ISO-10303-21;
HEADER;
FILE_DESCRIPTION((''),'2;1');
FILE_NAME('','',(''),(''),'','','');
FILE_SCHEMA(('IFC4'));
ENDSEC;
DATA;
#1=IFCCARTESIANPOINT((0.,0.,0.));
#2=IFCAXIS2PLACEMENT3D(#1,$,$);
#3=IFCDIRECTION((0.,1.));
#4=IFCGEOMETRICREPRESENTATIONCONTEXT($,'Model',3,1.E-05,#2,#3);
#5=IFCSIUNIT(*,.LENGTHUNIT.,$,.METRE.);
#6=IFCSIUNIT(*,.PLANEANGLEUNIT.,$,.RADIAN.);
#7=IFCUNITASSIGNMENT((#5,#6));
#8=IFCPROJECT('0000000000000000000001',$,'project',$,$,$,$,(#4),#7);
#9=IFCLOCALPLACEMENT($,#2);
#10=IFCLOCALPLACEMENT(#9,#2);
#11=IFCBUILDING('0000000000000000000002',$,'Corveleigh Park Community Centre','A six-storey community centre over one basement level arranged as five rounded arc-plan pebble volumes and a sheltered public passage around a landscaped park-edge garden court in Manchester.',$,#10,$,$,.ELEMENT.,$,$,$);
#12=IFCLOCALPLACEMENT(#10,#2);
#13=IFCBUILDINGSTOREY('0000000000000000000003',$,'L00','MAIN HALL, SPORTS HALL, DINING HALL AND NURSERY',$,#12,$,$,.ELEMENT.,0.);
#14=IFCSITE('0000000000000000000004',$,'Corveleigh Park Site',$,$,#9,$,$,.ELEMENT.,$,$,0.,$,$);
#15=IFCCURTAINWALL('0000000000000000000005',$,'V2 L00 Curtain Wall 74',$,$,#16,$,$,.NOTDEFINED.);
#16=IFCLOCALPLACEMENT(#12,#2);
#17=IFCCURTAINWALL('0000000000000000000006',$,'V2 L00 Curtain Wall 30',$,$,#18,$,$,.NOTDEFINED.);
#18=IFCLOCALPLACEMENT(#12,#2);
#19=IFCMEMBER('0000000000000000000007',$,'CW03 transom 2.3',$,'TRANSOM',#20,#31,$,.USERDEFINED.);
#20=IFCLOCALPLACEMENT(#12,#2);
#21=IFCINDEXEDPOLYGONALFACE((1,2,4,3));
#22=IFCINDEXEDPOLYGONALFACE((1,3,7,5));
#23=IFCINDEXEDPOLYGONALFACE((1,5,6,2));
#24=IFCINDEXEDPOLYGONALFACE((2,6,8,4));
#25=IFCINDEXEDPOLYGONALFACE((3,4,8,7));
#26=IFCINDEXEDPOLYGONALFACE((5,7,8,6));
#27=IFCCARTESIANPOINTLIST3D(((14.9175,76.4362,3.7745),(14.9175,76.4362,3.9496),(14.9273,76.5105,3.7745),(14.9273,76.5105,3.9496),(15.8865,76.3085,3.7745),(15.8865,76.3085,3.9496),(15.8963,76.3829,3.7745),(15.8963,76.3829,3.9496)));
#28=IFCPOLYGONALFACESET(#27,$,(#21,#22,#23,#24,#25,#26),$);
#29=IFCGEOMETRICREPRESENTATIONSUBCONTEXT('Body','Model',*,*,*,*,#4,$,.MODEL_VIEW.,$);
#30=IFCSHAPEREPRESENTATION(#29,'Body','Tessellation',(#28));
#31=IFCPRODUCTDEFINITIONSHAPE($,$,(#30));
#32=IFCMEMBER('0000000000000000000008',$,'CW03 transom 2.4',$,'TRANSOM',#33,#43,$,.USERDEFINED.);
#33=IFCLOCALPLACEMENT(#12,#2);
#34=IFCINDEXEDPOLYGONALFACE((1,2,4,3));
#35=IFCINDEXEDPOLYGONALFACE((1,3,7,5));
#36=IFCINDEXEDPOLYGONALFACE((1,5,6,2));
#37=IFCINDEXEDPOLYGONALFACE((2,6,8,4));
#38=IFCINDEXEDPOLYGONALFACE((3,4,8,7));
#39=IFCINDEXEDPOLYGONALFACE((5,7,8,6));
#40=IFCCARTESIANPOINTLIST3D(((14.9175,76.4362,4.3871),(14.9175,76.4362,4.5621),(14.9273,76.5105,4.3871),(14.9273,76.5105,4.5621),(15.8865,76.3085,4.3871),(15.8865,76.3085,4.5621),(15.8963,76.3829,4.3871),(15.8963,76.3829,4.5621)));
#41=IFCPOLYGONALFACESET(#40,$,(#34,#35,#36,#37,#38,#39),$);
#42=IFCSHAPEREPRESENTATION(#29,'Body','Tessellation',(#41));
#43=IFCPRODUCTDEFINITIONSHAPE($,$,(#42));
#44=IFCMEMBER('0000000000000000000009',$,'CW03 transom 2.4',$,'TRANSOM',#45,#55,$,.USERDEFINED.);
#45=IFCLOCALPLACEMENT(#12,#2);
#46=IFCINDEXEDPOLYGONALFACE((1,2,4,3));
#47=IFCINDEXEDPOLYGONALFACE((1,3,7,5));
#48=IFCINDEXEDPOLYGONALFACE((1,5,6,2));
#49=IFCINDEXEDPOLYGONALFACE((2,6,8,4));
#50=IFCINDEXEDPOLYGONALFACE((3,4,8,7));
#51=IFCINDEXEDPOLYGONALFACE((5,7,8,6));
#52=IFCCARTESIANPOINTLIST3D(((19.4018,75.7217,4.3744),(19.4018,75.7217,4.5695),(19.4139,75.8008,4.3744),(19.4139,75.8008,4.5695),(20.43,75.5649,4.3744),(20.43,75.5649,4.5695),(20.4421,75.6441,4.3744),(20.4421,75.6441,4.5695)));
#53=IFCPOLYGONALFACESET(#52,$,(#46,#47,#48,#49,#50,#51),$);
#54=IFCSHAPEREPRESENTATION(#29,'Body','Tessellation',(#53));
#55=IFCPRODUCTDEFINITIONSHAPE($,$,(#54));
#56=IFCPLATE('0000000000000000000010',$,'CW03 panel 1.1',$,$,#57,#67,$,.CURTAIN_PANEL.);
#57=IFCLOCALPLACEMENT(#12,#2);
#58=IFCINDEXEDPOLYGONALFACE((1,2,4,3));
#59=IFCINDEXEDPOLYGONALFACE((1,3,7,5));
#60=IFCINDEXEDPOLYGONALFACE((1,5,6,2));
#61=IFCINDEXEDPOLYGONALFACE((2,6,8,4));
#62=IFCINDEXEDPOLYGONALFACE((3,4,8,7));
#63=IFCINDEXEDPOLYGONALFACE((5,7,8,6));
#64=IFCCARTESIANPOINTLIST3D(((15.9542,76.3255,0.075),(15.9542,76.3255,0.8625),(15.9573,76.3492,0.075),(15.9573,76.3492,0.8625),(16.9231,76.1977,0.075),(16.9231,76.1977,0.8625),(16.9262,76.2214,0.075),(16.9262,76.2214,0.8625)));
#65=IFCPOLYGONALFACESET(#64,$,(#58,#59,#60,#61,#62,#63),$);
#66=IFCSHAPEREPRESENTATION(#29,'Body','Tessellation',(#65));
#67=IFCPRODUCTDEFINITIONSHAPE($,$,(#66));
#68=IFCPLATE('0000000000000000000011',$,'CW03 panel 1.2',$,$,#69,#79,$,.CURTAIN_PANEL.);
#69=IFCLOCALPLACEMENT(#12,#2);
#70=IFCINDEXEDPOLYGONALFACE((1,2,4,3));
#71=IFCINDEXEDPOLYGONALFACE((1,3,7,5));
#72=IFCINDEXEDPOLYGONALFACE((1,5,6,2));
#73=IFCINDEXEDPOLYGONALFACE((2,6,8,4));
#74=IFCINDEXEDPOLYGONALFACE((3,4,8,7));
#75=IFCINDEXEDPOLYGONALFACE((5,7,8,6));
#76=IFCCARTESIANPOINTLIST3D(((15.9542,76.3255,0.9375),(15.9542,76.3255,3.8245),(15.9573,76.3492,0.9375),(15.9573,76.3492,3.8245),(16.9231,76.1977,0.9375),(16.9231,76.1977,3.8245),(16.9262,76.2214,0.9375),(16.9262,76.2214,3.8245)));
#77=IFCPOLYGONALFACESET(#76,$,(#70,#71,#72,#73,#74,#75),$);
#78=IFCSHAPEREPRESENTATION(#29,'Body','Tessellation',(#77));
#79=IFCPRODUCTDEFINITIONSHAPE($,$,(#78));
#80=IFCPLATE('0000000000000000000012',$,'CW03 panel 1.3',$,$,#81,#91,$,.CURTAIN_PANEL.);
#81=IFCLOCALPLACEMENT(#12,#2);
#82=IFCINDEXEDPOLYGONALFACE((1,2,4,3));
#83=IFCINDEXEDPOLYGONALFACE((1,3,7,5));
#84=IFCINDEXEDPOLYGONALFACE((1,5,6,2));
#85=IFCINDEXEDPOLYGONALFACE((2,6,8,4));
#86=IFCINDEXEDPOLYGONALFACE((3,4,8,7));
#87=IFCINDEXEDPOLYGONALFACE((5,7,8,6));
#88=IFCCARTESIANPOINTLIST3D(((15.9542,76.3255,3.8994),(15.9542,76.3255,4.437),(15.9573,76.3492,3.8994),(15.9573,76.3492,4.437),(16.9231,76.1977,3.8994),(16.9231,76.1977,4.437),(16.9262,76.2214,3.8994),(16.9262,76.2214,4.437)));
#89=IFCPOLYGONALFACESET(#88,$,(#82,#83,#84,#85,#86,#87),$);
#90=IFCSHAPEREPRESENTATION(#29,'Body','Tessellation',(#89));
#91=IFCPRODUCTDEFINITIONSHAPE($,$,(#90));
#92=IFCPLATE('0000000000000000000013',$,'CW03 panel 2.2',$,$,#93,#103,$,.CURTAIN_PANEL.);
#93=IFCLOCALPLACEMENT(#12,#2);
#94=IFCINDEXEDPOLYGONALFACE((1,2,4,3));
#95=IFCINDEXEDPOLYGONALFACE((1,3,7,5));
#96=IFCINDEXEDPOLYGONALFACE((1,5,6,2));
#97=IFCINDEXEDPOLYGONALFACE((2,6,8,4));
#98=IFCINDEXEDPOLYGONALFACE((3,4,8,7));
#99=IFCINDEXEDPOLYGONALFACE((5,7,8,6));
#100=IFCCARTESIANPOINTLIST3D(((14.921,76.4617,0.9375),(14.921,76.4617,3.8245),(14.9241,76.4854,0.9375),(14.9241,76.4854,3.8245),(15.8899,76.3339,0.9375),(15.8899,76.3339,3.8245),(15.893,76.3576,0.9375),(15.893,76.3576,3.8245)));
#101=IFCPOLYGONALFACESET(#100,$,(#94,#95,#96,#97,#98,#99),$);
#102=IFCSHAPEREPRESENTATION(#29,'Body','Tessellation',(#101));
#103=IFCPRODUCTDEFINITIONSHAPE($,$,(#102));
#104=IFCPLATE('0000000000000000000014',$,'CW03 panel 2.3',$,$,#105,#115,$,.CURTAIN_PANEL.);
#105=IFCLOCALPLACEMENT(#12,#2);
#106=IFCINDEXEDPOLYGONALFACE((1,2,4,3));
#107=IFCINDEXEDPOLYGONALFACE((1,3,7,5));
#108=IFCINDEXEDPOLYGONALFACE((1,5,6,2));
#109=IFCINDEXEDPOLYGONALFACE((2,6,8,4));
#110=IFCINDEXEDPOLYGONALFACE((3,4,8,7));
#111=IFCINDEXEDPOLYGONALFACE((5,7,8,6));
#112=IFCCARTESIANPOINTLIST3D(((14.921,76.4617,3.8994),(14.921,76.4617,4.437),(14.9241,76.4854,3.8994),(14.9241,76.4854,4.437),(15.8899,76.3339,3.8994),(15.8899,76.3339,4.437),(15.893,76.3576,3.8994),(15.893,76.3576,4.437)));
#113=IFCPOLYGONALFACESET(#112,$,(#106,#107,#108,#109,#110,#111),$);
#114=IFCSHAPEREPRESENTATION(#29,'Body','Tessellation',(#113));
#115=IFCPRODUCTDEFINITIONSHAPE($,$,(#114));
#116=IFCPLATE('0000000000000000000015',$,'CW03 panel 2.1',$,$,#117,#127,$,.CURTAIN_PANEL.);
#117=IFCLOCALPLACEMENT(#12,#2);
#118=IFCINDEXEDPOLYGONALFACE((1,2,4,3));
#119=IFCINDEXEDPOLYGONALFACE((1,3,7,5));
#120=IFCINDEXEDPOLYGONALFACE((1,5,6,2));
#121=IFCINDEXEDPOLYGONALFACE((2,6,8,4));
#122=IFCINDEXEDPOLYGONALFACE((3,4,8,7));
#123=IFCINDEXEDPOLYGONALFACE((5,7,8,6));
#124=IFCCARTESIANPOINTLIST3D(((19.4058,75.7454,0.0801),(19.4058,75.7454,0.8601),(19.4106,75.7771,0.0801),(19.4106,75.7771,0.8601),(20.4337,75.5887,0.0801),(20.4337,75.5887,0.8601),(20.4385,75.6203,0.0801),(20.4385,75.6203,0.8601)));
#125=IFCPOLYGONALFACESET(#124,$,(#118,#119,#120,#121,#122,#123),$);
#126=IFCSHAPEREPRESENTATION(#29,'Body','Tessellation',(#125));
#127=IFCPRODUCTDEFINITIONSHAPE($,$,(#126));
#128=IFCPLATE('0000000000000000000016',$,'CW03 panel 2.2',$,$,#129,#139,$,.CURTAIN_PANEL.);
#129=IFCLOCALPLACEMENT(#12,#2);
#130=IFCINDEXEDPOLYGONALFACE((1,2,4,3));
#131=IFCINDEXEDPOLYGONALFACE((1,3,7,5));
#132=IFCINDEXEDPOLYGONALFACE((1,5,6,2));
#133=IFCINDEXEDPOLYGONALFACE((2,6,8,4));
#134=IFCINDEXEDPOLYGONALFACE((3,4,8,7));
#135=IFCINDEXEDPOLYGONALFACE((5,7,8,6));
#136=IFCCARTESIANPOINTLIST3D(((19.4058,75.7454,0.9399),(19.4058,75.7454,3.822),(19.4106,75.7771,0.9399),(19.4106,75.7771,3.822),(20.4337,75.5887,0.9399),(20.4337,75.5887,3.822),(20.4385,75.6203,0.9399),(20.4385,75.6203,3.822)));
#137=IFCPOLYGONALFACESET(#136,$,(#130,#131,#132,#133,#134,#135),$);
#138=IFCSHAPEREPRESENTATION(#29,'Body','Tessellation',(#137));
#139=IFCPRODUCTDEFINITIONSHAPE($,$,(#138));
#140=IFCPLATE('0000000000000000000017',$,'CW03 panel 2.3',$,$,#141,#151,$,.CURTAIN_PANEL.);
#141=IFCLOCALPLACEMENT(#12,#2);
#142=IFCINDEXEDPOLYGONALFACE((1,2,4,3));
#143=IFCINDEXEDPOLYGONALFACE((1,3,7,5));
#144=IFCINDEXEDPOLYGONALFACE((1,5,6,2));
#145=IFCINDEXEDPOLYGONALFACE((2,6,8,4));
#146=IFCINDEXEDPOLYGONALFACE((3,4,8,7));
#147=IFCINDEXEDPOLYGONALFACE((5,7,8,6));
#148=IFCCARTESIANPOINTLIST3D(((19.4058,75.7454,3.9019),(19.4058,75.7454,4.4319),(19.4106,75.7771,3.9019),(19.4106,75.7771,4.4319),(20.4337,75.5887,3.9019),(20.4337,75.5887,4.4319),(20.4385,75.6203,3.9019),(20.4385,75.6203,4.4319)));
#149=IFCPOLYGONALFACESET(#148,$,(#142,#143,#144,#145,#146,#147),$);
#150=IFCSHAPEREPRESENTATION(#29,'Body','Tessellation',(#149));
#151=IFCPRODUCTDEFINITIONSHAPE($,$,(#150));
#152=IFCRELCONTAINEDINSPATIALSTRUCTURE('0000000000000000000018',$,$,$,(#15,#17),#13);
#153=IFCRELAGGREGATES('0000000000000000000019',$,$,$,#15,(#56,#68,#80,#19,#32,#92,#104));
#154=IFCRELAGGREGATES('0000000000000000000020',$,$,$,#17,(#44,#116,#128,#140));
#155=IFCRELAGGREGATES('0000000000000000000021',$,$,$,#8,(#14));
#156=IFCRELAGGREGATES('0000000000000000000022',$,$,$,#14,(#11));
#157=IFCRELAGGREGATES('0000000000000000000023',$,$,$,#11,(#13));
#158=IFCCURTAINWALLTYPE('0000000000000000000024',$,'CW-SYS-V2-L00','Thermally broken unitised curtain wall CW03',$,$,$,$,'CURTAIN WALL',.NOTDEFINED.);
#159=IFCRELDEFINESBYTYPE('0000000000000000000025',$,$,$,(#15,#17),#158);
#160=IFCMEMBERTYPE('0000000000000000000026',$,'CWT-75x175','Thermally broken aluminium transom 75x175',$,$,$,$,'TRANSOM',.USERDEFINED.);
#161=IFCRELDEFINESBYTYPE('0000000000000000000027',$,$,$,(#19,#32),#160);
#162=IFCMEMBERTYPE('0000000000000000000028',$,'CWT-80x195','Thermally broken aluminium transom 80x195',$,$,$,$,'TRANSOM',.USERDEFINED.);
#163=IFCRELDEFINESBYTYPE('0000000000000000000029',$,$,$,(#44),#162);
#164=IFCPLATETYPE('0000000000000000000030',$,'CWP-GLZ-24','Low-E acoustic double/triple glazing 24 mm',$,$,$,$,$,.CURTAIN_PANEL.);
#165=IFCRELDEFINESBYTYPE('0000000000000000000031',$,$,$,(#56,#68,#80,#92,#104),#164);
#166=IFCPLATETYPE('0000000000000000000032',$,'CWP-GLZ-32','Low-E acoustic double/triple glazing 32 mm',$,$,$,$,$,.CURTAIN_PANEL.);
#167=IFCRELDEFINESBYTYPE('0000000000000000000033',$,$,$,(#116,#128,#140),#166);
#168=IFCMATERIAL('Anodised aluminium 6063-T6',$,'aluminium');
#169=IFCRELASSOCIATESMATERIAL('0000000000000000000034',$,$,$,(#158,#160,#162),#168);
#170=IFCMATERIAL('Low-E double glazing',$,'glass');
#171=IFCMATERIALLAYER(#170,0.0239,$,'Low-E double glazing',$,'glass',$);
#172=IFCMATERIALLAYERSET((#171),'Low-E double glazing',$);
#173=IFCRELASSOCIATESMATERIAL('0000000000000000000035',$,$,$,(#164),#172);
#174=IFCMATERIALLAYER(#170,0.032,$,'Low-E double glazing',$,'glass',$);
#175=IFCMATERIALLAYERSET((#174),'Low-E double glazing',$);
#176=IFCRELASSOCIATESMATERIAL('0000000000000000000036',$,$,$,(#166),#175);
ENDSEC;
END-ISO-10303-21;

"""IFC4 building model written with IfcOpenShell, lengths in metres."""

from ifc_helpers import new_model, si_unit, direction, frame, origin, origin_2d, place, context, subcontext, project, spatial, rectangle, extrude, material, layer, layer_set, material_profile, profile_set, type_object, element, aggregate, save


model = new_model("IFC4")

# Units and contexts
model_context = context("Model", 3, precision=1e-05, world=origin(), true_north=direction((0.0, 1.0)))
body_context = subcontext(model_context, "Body", "Model", "MODEL_VIEW")
ifc_project = project(units=[si_unit("LENGTHUNIT", "METRE"), si_unit("PLANEANGLEUNIT", "RADIAN")], contexts=[model_context])

# Site, building, storey
site_placement = place(None, origin())
site = spatial("IfcSite", under=ifc_project, at=site_placement, Name="Corveleigh Park Site", CompositionType="ELEMENT", RefElevation=0.0)
building_placement = place(site_placement, origin())
building = spatial("IfcBuilding", under=site, at=building_placement, Name="Corveleigh Park Community Centre", Description="A six-storey community centre over one basement level arranged as five rounded arc-plan pebble volumes and a sheltered public passage around a landscaped park-edge garden court in Manchester.", CompositionType="ELEMENT")
storey_placement = place(building_placement, origin())
storey = spatial("IfcBuildingStorey", under=building, at=storey_placement, Name="L00", Description="MAIN HALL, SPORTS HALL, DINING HALL AND NURSERY", CompositionType="ELEMENT", Elevation=0.0)

# Curtain wall
ifc_material_1 = material(Name="Anodised aluminium 6063-T6", Category="aluminium")
curtain_wall_type = type_object("IfcCurtainWallType", Name="CW-SYS-V2-L00", Description="Thermally broken unitised curtain wall CW03", ElementType="CURTAIN WALL", PredefinedType="NOTDEFINED", material=ifc_material_1)
curtain_wall_1_placement = place(storey_placement, origin())
curtain_wall_1 = element("IfcCurtainWall", 1, at=curtain_wall_1_placement, inside=storey, type_object=curtain_wall_type, Name="V2 L00 Curtain Wall 74", PredefinedType="NOTDEFINED")

# Curtain wall
curtain_wall_2_placement = place(storey_placement, origin())
curtain_wall_2 = element("IfcCurtainWall", 2, at=curtain_wall_2_placement, inside=storey, type_object=curtain_wall_type, Name="V2 L00 Curtain Wall 30", PredefinedType="NOTDEFINED")

# Members
ifc_material_profile_1 = material_profile(ifc_material_1, rectangle(XDim=0.075, YDim=0.175, at=origin_2d()), Name="ALU-T75x175", Category="aluminium")
ifc_profile_set_1 = profile_set([ifc_material_profile_1], Name="Anodised aluminium 6063-T6")
member_type_1 = type_object("IfcMemberType", Name="CWT-75x175", Description="Thermally broken aluminium transom 75x175", ElementType="TRANSOM", PredefinedType="USERDEFINED", material=ifc_profile_set_1)
member_1_placement = place(storey_placement, frame((15.8914, 76.3457, 3.8621), z_axis=(-0.99143, 0.130642, 0.0), x_axis=(-0.130642, -0.99143, 0.0)))
member_1 = element("IfcMember", 3, at=member_1_placement, type_object=member_type_1, Name="CW03 transom 2.3", ObjectType="TRANSOM", PredefinedType="USERDEFINED", context=body_context, shape_type="SweptSolid", body=[
    extrude(rectangle(XDim=0.075, YDim=0.175, at=origin_2d()), origin(), (0.0, 0.0, 1.0), 0.9773),
])
member_2_placement = place(storey_placement, frame((15.8914, 76.3457, 4.4746), z_axis=(-0.99143, 0.130642, 0.0), x_axis=(-0.130642, -0.99143, 0.0)))
member_2 = element("IfcMember", 4, at=member_2_placement, type_object=member_type_1, Name="CW03 transom 2.4", ObjectType="TRANSOM", PredefinedType="USERDEFINED", context=body_context, shape_type="SweptSolid", body=[
    extrude(rectangle(XDim=0.075, YDim=0.175, at=origin_2d()), origin(), (0.0, 0.0, 1.0), 0.9773),
])
ifc_material_profile_2 = material_profile(ifc_material_1, rectangle(XDim=0.0801, YDim=0.1951, at=origin_2d()), Name="ALU-T80x195", Category="aluminium")
ifc_profile_set_2 = profile_set([ifc_material_profile_2], Name="Anodised aluminium 6063-T6")
member_type_2 = type_object("IfcMemberType", Name="CWT-80x195", Description="Thermally broken aluminium transom 80x195", ElementType="TRANSOM", PredefinedType="USERDEFINED", material=ifc_profile_set_2)
member_3_placement = place(storey_placement, frame((20.436, 75.6045, 4.4719), z_axis=(-0.988577, 0.150716, 0.0), x_axis=(-0.150716, -0.988577, 0.0)))
member_3 = element("IfcMember", 5, at=member_3_placement, type_object=member_type_2, Name="CW03 transom 2.4", ObjectType="TRANSOM", PredefinedType="USERDEFINED", context=body_context, shape_type="SweptSolid", body=[
    extrude(rectangle(XDim=0.0801, YDim=0.1951, at=origin_2d()), origin(), (0.0, 0.0, 1.0), 1.04),
])

# Plates
ifc_material_2 = material(Name="Low-E double glazing", Category="glass")
ifc_layer_1 = layer(ifc_material_2, 0.0239, Name="Low-E double glazing", Category="glass")
ifc_layer_set_1 = layer_set([ifc_layer_1], Name="Low-E double glazing")
plate_type_1 = type_object("IfcPlateType", Name="CWP-GLZ-24", Description="Low-E acoustic double/triple glazing 24 mm", PredefinedType="CURTAIN_PANEL", material=ifc_layer_set_1)
plate_1_placement = place(storey_placement, frame((16.4402, 76.2734, 0.075), z_axis=(0.0, 0.0, 1.0), x_axis=(-0.991418, 0.130731, 0.0)))
plate_1 = element("IfcPlate", 6, at=plate_1_placement, type_object=plate_type_1, Name="CW03 panel 1.1", PredefinedType="CURTAIN_PANEL", context=body_context, shape_type="SweptSolid", body=[
    extrude(rectangle(XDim=0.9773, YDim=0.0239, at=origin_2d()), origin(), (0.0, 0.0, 1.0), 0.7876),
])
plate_2_placement = place(storey_placement, frame((16.4402, 76.2734, 0.9375), z_axis=(0.0, 0.0, 1.0), x_axis=(-0.991418, 0.130731, 0.0)))
plate_2 = element("IfcPlate", 7, at=plate_2_placement, type_object=plate_type_1, Name="CW03 panel 1.2", PredefinedType="CURTAIN_PANEL", context=body_context, shape_type="SweptSolid", body=[
    extrude(rectangle(XDim=0.9773, YDim=0.0239, at=origin_2d()), origin(), (0.0, 0.0, 1.0), 2.887),
])
plate_3_placement = place(storey_placement, frame((16.4402, 76.2734, 3.8994), z_axis=(0.0, 0.0, 1.0), x_axis=(-0.991418, 0.130731, 0.0)))
plate_3 = element("IfcPlate", 8, at=plate_3_placement, type_object=plate_type_1, Name="CW03 panel 1.3", PredefinedType="CURTAIN_PANEL", context=body_context, shape_type="SweptSolid", body=[
    extrude(rectangle(XDim=0.9773, YDim=0.0239, at=origin_2d()), origin(), (0.0, 0.0, 1.0), 0.5376),
])
plate_4_placement = place(storey_placement, frame((15.407, 76.4097, 0.9375), z_axis=(0.0, 0.0, 1.0), x_axis=(-0.991418, 0.130731, 0.0)))
plate_4 = element("IfcPlate", 9, at=plate_4_placement, type_object=plate_type_1, Name="CW03 panel 2.2", PredefinedType="CURTAIN_PANEL", context=body_context, shape_type="SweptSolid", body=[
    extrude(rectangle(XDim=0.9773, YDim=0.0239, at=origin_2d()), origin(), (0.0, 0.0, 1.0), 2.887),
])
plate_5_placement = place(storey_placement, frame((15.407, 76.4097, 3.8994), z_axis=(0.0, 0.0, 1.0), x_axis=(-0.991418, 0.130731, 0.0)))
plate_5 = element("IfcPlate", 10, at=plate_5_placement, type_object=plate_type_1, Name="CW03 panel 2.3", PredefinedType="CURTAIN_PANEL", context=body_context, shape_type="SweptSolid", body=[
    extrude(rectangle(XDim=0.9773, YDim=0.0239, at=origin_2d()), origin(), (0.0, 0.0, 1.0), 0.5376),
])
aggregate(curtain_wall_1, [plate_1, plate_2, plate_3, member_1, member_2, plate_4, plate_5])
ifc_layer_2 = layer(ifc_material_2, 0.032, Name="Low-E double glazing", Category="glass")
ifc_layer_set_2 = layer_set([ifc_layer_2], Name="Low-E double glazing")
plate_type_2 = type_object("IfcPlateType", Name="CWP-GLZ-32", Description="Low-E acoustic double/triple glazing 32 mm", PredefinedType="CURTAIN_PANEL", material=ifc_layer_set_2)
plate_6_placement = place(storey_placement, frame((19.9221, 75.6829, 0.0801), z_axis=(0.0, 0.0, 1.0), x_axis=(-0.988569, 0.15077, 0.0)))
plate_6 = element("IfcPlate", 11, at=plate_6_placement, type_object=plate_type_2, Name="CW03 panel 2.1", PredefinedType="CURTAIN_PANEL", context=body_context, shape_type="SweptSolid", body=[
    extrude(rectangle(XDim=1.0398, YDim=0.032, at=origin_2d()), origin(), (0.0, 0.0, 1.0), 0.78),
])
plate_7_placement = place(storey_placement, frame((19.9221, 75.6829, 0.9399), z_axis=(0.0, 0.0, 1.0), x_axis=(-0.988569, 0.15077, 0.0)))
plate_7 = element("IfcPlate", 12, at=plate_7_placement, type_object=plate_type_2, Name="CW03 panel 2.2", PredefinedType="CURTAIN_PANEL", context=body_context, shape_type="SweptSolid", body=[
    extrude(rectangle(XDim=1.0398, YDim=0.032, at=origin_2d()), origin(), (0.0, 0.0, 1.0), 2.8821),
])
plate_8_placement = place(storey_placement, frame((19.9221, 75.6829, 3.9019), z_axis=(0.0, 0.0, 1.0), x_axis=(-0.988569, 0.15077, 0.0)))
plate_8 = element("IfcPlate", 13, at=plate_8_placement, type_object=plate_type_2, Name="CW03 panel 2.3", PredefinedType="CURTAIN_PANEL", context=body_context, shape_type="SweptSolid", body=[
    extrude(rectangle(XDim=1.0398, YDim=0.032, at=origin_2d()), origin(), (0.0, 0.0, 1.0), 0.53),
])
aggregate(curtain_wall_2, [member_3, plate_6, plate_7, plate_8])

save(model, "model.ifc")
